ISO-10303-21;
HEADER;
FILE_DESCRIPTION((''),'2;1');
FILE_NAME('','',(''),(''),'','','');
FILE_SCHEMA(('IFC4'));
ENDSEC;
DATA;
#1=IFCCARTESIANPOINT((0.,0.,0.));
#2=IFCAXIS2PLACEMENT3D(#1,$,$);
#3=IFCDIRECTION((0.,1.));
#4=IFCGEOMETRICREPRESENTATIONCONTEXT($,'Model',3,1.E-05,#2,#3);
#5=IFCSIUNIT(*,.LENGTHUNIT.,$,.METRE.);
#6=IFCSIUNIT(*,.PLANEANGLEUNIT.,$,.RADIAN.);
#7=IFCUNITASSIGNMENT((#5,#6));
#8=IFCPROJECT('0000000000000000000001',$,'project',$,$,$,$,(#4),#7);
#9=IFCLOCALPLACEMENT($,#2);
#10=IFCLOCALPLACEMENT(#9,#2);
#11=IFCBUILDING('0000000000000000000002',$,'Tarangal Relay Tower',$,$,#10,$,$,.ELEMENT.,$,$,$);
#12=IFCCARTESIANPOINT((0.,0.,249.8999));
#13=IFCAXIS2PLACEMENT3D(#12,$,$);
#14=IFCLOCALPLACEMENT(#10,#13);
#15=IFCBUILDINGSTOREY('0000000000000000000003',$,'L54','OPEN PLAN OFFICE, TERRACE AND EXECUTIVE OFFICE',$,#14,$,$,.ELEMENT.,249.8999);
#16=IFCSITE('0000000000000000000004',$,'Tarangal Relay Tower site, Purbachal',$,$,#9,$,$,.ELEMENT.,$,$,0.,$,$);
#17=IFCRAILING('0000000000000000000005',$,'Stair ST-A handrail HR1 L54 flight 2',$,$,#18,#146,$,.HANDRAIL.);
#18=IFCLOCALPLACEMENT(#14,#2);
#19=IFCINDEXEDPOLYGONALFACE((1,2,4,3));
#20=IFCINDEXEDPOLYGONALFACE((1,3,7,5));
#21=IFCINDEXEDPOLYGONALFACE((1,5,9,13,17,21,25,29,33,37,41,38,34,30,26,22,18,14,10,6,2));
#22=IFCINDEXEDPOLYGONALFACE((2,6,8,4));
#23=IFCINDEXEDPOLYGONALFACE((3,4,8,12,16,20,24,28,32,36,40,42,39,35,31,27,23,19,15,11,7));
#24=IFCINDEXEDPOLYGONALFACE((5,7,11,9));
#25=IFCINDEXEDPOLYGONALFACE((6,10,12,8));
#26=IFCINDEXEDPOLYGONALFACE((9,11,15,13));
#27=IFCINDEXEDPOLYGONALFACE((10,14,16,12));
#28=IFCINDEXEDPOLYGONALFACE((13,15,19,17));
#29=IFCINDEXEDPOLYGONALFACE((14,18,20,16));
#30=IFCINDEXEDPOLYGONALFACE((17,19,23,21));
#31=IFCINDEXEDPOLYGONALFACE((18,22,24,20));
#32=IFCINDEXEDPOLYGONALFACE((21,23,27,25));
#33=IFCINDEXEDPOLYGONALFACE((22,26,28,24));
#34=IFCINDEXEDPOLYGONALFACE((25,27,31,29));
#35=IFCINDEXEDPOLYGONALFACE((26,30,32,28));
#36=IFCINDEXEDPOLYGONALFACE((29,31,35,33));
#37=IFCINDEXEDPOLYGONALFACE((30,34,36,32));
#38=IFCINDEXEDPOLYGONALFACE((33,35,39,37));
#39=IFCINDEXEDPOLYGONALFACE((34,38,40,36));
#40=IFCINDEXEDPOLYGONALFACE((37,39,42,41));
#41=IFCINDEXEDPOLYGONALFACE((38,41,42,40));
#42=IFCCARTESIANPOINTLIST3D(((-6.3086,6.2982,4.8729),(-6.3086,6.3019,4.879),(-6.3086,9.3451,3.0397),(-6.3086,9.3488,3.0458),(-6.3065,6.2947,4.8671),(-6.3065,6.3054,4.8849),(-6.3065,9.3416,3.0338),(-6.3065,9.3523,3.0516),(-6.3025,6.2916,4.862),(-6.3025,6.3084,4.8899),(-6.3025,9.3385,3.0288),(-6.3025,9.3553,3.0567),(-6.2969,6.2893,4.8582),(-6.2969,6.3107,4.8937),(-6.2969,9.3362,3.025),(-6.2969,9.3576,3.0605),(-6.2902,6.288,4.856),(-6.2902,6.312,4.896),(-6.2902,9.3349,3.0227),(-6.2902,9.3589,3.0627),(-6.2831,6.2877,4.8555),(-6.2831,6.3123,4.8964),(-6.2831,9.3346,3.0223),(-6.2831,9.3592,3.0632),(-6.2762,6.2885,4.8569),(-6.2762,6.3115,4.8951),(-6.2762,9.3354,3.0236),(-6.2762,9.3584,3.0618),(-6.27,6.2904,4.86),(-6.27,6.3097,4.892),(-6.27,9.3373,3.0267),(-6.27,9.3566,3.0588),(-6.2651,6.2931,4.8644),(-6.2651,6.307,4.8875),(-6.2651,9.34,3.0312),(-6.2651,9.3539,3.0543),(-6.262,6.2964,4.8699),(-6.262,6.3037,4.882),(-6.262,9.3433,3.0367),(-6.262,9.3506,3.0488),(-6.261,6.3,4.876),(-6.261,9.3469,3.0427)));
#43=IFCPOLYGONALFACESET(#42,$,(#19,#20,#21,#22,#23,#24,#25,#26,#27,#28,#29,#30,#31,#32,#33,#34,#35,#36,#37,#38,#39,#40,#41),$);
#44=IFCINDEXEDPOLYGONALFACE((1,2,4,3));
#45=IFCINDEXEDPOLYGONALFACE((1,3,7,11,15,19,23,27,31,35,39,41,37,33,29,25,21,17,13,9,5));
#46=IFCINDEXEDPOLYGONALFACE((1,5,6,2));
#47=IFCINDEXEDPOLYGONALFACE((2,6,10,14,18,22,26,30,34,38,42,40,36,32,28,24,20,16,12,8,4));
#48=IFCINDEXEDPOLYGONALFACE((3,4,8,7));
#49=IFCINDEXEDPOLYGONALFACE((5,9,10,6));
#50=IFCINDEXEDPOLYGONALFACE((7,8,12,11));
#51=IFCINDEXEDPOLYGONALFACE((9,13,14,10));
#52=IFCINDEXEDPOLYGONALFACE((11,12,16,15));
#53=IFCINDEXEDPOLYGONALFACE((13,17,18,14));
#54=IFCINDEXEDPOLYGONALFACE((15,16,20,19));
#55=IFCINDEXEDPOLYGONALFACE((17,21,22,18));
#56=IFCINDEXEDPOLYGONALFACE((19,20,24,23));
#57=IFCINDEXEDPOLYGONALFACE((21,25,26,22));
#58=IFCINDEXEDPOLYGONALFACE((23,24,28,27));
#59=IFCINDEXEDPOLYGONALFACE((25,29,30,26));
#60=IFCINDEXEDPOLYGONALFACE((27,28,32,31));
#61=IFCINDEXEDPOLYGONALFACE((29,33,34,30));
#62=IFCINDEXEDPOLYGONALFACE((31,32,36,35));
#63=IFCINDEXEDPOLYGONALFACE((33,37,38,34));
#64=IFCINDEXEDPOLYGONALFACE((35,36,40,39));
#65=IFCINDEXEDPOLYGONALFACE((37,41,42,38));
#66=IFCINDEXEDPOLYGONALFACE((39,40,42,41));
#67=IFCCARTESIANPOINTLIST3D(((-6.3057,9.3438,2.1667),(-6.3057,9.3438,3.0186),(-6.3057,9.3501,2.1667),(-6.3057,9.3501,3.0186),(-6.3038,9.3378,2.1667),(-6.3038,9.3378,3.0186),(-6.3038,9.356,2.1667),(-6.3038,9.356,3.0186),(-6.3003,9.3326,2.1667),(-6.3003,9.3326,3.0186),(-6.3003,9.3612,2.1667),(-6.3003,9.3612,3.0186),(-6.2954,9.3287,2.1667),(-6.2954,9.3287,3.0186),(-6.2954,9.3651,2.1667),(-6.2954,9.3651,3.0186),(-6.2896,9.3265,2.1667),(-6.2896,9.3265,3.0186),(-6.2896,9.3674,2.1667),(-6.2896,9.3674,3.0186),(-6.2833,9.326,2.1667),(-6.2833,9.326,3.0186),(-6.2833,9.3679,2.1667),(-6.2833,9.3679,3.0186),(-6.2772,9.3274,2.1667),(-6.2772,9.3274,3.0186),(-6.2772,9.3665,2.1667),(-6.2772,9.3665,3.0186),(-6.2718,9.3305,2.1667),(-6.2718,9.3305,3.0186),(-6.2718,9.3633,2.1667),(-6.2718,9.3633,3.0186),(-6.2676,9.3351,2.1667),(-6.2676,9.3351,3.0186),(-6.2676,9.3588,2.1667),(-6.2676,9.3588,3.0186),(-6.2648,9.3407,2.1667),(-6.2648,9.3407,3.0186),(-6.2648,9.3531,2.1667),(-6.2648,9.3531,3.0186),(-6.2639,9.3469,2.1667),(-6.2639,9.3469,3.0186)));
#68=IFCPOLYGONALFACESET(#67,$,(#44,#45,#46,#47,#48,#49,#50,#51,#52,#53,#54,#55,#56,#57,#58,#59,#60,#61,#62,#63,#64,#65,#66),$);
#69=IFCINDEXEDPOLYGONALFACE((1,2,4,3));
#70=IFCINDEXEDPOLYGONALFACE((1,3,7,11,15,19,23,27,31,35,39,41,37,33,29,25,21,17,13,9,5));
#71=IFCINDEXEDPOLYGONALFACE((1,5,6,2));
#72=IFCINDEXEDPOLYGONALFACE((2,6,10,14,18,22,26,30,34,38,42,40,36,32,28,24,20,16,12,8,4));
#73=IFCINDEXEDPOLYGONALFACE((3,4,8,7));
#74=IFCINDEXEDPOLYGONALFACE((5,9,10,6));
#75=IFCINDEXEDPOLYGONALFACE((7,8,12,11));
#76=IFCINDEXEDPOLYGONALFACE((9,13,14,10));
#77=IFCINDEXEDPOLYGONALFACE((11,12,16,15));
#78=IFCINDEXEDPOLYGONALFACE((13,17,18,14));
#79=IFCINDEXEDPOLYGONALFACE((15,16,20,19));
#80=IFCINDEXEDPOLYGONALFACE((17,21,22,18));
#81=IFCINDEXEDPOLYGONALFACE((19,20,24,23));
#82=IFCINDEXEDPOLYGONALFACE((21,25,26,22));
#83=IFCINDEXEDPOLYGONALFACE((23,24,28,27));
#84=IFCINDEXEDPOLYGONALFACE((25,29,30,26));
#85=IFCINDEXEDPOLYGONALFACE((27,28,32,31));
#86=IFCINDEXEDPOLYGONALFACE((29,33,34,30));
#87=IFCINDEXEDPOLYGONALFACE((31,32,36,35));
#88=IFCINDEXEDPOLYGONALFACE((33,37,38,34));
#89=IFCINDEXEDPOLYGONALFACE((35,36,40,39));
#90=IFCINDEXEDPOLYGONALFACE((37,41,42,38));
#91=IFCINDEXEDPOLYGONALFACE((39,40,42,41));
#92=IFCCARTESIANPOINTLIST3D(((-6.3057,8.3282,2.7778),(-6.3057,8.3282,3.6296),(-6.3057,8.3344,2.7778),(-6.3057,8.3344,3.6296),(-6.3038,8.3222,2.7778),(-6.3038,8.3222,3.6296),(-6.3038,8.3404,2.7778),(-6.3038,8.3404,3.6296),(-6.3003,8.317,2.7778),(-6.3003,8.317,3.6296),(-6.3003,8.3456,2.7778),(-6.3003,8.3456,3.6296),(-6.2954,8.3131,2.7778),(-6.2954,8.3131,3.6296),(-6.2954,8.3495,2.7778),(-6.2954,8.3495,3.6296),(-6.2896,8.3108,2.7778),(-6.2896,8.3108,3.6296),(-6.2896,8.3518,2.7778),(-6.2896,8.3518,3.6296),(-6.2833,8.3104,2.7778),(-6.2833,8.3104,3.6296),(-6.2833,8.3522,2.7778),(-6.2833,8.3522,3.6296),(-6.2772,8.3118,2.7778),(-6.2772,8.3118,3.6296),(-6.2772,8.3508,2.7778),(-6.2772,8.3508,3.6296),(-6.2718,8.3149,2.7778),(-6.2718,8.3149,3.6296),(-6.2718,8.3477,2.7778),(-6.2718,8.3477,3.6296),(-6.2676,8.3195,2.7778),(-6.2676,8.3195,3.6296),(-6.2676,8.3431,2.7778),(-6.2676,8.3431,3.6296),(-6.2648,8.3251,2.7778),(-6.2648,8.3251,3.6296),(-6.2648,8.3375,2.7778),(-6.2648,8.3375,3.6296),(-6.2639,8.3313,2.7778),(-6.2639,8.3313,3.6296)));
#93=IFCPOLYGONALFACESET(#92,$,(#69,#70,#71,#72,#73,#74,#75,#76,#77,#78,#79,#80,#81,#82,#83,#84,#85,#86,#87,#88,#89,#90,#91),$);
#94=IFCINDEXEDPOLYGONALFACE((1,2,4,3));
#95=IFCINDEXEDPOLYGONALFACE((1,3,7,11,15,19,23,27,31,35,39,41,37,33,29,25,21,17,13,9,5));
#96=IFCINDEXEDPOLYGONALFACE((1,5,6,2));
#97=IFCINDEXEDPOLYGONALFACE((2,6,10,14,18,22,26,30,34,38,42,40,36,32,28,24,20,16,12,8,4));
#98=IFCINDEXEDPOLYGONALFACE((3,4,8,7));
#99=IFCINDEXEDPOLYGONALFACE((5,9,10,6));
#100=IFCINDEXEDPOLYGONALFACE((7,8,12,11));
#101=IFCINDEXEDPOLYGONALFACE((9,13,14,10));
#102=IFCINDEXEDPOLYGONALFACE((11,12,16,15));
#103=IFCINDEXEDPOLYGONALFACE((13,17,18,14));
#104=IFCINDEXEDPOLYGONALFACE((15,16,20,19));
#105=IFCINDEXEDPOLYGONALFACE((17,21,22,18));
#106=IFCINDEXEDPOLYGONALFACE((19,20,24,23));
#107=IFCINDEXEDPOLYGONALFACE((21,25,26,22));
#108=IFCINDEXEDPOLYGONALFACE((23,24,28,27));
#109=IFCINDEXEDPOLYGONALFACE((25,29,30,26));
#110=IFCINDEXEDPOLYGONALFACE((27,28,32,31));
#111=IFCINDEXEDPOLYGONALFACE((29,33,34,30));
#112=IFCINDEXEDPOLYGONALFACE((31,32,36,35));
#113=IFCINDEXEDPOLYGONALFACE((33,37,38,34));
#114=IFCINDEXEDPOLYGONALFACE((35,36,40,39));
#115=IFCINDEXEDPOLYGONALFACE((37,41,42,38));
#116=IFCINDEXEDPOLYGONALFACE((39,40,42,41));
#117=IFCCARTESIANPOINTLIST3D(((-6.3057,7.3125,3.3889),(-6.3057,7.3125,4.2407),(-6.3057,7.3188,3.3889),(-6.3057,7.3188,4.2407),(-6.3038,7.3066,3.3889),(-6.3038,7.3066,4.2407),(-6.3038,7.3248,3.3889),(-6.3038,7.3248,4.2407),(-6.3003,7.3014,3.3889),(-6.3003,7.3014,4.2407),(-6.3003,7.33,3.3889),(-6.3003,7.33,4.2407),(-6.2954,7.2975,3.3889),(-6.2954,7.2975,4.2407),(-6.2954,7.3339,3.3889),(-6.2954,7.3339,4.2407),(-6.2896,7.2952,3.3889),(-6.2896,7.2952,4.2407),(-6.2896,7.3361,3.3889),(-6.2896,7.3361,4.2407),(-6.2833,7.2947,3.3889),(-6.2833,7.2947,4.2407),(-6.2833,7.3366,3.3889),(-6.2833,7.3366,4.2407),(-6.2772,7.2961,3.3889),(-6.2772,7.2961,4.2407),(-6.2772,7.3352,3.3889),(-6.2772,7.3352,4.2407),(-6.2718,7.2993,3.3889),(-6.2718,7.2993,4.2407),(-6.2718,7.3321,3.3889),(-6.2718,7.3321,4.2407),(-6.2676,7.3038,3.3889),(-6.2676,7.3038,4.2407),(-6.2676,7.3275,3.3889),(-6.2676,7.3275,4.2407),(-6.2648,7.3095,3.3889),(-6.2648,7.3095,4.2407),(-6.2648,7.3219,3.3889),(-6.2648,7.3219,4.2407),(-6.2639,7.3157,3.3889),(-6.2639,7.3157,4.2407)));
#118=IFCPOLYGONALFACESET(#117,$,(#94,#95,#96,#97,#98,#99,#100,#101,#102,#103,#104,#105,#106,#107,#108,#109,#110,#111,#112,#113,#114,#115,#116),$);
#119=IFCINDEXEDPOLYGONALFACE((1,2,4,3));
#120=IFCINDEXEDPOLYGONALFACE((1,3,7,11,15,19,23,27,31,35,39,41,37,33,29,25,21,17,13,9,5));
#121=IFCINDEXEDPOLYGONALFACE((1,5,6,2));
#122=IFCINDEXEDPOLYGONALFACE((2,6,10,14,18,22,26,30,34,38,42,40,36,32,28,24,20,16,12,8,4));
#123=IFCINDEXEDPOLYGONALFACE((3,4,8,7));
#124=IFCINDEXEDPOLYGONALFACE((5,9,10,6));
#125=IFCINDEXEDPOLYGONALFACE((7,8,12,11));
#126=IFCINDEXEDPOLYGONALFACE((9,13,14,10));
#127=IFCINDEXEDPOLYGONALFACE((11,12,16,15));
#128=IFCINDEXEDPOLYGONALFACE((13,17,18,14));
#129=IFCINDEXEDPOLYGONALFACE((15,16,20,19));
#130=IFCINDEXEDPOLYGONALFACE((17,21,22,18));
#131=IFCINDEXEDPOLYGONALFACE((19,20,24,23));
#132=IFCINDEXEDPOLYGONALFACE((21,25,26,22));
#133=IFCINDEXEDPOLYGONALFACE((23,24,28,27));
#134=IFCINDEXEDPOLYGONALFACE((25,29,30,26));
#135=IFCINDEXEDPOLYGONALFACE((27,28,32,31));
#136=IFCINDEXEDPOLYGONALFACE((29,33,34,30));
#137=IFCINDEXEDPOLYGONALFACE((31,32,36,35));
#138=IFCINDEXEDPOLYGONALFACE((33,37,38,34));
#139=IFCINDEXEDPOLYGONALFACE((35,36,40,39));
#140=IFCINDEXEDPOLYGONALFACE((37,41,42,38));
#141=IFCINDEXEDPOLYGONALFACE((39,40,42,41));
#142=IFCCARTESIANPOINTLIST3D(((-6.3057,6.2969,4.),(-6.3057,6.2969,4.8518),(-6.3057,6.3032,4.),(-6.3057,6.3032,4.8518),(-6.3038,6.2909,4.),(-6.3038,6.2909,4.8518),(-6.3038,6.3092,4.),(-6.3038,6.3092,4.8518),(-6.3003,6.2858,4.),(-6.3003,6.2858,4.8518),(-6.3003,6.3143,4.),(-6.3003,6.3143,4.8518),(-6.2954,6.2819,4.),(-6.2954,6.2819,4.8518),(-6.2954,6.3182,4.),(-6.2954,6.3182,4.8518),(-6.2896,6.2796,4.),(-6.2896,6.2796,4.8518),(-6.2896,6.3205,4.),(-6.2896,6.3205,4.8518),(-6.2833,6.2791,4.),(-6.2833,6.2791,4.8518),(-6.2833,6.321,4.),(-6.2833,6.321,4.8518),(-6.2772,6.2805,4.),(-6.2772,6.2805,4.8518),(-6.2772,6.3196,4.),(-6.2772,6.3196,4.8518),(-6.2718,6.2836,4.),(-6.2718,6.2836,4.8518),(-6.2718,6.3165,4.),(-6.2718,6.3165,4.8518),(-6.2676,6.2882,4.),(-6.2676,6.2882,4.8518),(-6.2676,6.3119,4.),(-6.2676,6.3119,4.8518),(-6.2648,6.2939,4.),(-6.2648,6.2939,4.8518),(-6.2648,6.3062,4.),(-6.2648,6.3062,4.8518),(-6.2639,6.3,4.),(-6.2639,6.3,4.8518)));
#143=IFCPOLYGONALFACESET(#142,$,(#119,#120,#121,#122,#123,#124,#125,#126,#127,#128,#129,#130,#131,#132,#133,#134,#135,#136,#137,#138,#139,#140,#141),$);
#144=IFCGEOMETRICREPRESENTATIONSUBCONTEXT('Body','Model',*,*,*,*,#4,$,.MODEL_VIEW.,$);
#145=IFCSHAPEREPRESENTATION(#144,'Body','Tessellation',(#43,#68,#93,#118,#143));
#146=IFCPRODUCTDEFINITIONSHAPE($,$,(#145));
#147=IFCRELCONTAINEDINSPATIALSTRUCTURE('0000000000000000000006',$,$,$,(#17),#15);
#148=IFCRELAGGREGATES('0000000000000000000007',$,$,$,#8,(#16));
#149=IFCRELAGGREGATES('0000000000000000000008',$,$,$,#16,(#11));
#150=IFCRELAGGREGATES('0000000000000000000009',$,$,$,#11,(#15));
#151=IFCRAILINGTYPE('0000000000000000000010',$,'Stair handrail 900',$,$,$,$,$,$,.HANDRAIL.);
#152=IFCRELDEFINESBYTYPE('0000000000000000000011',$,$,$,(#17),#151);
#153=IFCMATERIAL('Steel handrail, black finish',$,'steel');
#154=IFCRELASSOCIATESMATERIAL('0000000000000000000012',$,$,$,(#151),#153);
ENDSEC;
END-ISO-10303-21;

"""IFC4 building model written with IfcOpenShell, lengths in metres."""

from ifc_helpers import new_model, si_unit, direction, frame, origin, origin_2d, place, context, subcontext, project, spatial, circle, extrude, material, type_object, element, save


model = new_model("IFC4")

# Units and contexts
model_context = context("Model", 3, precision=1e-05, world=origin(), true_north=direction((0.0, 1.0)))
body_context = subcontext(model_context, "Body", "Model", "MODEL_VIEW")
ifc_project = project(units=[si_unit("LENGTHUNIT", "METRE"), si_unit("PLANEANGLEUNIT", "RADIAN")], contexts=[model_context])

# Site, building, storey
site_placement = place(None, origin())
site = spatial("IfcSite", under=ifc_project, at=site_placement, Name="Tarangal Relay Tower site, Purbachal", CompositionType="ELEMENT", RefElevation=0.0)
building_placement = place(site_placement, origin())
building = spatial("IfcBuilding", under=site, at=building_placement, Name="Tarangal Relay Tower", CompositionType="ELEMENT")
storey_placement = place(building_placement, frame((0.0, 0.0, 249.8999)))
storey = spatial("IfcBuildingStorey", under=building, at=storey_placement, Name="L54", Description="OPEN PLAN OFFICE, TERRACE AND EXECUTIVE OFFICE", CompositionType="ELEMENT", Elevation=249.8999)

# Railing
ifc_material_1 = material(Name="Steel handrail, black finish", Category="steel")
railing_type_1 = type_object("IfcRailingType", Name="Stair handrail 900", PredefinedType="HANDRAIL", material=ifc_material_1)
railing_1_placement = place(storey_placement, frame((-6.2849, 9.3469, 2.1667)))
element("IfcRailing", 1, at=railing_1_placement, inside=storey, type_object=railing_type_1, Name="Stair ST-A handrail HR1 L54 flight 2", PredefinedType="HANDRAIL", context=body_context, shape_type="SweptSolid", body=[
    extrude(circle(Radius=0.0239, at=origin_2d()), frame((0.0, 0.0, 0.876), z_axis=(0.0, -0.856856, 0.515556), x_axis=(1.0, 0.0, 0.0)), (0.0, 0.0, 1.0), 3.5559),
    extrude(circle(Radius=0.021, at=origin_2d()), origin(), (0.0, 0.0, 1.0), 0.8518),
    extrude(circle(Radius=0.021, at=origin_2d()), frame((0.0, -1.0156, 0.6111)), (0.0, 0.0, 1.0), 0.8518),
    extrude(circle(Radius=0.021, at=origin_2d()), frame((0.0, -2.0312, 1.2222)), (0.0, 0.0, 1.0), 0.8518),
    extrude(circle(Radius=0.021, at=origin_2d()), frame((0.0, -3.0469, 1.8333)), (0.0, 0.0, 1.0), 0.8518),
])

save(model, "model.ifc")
